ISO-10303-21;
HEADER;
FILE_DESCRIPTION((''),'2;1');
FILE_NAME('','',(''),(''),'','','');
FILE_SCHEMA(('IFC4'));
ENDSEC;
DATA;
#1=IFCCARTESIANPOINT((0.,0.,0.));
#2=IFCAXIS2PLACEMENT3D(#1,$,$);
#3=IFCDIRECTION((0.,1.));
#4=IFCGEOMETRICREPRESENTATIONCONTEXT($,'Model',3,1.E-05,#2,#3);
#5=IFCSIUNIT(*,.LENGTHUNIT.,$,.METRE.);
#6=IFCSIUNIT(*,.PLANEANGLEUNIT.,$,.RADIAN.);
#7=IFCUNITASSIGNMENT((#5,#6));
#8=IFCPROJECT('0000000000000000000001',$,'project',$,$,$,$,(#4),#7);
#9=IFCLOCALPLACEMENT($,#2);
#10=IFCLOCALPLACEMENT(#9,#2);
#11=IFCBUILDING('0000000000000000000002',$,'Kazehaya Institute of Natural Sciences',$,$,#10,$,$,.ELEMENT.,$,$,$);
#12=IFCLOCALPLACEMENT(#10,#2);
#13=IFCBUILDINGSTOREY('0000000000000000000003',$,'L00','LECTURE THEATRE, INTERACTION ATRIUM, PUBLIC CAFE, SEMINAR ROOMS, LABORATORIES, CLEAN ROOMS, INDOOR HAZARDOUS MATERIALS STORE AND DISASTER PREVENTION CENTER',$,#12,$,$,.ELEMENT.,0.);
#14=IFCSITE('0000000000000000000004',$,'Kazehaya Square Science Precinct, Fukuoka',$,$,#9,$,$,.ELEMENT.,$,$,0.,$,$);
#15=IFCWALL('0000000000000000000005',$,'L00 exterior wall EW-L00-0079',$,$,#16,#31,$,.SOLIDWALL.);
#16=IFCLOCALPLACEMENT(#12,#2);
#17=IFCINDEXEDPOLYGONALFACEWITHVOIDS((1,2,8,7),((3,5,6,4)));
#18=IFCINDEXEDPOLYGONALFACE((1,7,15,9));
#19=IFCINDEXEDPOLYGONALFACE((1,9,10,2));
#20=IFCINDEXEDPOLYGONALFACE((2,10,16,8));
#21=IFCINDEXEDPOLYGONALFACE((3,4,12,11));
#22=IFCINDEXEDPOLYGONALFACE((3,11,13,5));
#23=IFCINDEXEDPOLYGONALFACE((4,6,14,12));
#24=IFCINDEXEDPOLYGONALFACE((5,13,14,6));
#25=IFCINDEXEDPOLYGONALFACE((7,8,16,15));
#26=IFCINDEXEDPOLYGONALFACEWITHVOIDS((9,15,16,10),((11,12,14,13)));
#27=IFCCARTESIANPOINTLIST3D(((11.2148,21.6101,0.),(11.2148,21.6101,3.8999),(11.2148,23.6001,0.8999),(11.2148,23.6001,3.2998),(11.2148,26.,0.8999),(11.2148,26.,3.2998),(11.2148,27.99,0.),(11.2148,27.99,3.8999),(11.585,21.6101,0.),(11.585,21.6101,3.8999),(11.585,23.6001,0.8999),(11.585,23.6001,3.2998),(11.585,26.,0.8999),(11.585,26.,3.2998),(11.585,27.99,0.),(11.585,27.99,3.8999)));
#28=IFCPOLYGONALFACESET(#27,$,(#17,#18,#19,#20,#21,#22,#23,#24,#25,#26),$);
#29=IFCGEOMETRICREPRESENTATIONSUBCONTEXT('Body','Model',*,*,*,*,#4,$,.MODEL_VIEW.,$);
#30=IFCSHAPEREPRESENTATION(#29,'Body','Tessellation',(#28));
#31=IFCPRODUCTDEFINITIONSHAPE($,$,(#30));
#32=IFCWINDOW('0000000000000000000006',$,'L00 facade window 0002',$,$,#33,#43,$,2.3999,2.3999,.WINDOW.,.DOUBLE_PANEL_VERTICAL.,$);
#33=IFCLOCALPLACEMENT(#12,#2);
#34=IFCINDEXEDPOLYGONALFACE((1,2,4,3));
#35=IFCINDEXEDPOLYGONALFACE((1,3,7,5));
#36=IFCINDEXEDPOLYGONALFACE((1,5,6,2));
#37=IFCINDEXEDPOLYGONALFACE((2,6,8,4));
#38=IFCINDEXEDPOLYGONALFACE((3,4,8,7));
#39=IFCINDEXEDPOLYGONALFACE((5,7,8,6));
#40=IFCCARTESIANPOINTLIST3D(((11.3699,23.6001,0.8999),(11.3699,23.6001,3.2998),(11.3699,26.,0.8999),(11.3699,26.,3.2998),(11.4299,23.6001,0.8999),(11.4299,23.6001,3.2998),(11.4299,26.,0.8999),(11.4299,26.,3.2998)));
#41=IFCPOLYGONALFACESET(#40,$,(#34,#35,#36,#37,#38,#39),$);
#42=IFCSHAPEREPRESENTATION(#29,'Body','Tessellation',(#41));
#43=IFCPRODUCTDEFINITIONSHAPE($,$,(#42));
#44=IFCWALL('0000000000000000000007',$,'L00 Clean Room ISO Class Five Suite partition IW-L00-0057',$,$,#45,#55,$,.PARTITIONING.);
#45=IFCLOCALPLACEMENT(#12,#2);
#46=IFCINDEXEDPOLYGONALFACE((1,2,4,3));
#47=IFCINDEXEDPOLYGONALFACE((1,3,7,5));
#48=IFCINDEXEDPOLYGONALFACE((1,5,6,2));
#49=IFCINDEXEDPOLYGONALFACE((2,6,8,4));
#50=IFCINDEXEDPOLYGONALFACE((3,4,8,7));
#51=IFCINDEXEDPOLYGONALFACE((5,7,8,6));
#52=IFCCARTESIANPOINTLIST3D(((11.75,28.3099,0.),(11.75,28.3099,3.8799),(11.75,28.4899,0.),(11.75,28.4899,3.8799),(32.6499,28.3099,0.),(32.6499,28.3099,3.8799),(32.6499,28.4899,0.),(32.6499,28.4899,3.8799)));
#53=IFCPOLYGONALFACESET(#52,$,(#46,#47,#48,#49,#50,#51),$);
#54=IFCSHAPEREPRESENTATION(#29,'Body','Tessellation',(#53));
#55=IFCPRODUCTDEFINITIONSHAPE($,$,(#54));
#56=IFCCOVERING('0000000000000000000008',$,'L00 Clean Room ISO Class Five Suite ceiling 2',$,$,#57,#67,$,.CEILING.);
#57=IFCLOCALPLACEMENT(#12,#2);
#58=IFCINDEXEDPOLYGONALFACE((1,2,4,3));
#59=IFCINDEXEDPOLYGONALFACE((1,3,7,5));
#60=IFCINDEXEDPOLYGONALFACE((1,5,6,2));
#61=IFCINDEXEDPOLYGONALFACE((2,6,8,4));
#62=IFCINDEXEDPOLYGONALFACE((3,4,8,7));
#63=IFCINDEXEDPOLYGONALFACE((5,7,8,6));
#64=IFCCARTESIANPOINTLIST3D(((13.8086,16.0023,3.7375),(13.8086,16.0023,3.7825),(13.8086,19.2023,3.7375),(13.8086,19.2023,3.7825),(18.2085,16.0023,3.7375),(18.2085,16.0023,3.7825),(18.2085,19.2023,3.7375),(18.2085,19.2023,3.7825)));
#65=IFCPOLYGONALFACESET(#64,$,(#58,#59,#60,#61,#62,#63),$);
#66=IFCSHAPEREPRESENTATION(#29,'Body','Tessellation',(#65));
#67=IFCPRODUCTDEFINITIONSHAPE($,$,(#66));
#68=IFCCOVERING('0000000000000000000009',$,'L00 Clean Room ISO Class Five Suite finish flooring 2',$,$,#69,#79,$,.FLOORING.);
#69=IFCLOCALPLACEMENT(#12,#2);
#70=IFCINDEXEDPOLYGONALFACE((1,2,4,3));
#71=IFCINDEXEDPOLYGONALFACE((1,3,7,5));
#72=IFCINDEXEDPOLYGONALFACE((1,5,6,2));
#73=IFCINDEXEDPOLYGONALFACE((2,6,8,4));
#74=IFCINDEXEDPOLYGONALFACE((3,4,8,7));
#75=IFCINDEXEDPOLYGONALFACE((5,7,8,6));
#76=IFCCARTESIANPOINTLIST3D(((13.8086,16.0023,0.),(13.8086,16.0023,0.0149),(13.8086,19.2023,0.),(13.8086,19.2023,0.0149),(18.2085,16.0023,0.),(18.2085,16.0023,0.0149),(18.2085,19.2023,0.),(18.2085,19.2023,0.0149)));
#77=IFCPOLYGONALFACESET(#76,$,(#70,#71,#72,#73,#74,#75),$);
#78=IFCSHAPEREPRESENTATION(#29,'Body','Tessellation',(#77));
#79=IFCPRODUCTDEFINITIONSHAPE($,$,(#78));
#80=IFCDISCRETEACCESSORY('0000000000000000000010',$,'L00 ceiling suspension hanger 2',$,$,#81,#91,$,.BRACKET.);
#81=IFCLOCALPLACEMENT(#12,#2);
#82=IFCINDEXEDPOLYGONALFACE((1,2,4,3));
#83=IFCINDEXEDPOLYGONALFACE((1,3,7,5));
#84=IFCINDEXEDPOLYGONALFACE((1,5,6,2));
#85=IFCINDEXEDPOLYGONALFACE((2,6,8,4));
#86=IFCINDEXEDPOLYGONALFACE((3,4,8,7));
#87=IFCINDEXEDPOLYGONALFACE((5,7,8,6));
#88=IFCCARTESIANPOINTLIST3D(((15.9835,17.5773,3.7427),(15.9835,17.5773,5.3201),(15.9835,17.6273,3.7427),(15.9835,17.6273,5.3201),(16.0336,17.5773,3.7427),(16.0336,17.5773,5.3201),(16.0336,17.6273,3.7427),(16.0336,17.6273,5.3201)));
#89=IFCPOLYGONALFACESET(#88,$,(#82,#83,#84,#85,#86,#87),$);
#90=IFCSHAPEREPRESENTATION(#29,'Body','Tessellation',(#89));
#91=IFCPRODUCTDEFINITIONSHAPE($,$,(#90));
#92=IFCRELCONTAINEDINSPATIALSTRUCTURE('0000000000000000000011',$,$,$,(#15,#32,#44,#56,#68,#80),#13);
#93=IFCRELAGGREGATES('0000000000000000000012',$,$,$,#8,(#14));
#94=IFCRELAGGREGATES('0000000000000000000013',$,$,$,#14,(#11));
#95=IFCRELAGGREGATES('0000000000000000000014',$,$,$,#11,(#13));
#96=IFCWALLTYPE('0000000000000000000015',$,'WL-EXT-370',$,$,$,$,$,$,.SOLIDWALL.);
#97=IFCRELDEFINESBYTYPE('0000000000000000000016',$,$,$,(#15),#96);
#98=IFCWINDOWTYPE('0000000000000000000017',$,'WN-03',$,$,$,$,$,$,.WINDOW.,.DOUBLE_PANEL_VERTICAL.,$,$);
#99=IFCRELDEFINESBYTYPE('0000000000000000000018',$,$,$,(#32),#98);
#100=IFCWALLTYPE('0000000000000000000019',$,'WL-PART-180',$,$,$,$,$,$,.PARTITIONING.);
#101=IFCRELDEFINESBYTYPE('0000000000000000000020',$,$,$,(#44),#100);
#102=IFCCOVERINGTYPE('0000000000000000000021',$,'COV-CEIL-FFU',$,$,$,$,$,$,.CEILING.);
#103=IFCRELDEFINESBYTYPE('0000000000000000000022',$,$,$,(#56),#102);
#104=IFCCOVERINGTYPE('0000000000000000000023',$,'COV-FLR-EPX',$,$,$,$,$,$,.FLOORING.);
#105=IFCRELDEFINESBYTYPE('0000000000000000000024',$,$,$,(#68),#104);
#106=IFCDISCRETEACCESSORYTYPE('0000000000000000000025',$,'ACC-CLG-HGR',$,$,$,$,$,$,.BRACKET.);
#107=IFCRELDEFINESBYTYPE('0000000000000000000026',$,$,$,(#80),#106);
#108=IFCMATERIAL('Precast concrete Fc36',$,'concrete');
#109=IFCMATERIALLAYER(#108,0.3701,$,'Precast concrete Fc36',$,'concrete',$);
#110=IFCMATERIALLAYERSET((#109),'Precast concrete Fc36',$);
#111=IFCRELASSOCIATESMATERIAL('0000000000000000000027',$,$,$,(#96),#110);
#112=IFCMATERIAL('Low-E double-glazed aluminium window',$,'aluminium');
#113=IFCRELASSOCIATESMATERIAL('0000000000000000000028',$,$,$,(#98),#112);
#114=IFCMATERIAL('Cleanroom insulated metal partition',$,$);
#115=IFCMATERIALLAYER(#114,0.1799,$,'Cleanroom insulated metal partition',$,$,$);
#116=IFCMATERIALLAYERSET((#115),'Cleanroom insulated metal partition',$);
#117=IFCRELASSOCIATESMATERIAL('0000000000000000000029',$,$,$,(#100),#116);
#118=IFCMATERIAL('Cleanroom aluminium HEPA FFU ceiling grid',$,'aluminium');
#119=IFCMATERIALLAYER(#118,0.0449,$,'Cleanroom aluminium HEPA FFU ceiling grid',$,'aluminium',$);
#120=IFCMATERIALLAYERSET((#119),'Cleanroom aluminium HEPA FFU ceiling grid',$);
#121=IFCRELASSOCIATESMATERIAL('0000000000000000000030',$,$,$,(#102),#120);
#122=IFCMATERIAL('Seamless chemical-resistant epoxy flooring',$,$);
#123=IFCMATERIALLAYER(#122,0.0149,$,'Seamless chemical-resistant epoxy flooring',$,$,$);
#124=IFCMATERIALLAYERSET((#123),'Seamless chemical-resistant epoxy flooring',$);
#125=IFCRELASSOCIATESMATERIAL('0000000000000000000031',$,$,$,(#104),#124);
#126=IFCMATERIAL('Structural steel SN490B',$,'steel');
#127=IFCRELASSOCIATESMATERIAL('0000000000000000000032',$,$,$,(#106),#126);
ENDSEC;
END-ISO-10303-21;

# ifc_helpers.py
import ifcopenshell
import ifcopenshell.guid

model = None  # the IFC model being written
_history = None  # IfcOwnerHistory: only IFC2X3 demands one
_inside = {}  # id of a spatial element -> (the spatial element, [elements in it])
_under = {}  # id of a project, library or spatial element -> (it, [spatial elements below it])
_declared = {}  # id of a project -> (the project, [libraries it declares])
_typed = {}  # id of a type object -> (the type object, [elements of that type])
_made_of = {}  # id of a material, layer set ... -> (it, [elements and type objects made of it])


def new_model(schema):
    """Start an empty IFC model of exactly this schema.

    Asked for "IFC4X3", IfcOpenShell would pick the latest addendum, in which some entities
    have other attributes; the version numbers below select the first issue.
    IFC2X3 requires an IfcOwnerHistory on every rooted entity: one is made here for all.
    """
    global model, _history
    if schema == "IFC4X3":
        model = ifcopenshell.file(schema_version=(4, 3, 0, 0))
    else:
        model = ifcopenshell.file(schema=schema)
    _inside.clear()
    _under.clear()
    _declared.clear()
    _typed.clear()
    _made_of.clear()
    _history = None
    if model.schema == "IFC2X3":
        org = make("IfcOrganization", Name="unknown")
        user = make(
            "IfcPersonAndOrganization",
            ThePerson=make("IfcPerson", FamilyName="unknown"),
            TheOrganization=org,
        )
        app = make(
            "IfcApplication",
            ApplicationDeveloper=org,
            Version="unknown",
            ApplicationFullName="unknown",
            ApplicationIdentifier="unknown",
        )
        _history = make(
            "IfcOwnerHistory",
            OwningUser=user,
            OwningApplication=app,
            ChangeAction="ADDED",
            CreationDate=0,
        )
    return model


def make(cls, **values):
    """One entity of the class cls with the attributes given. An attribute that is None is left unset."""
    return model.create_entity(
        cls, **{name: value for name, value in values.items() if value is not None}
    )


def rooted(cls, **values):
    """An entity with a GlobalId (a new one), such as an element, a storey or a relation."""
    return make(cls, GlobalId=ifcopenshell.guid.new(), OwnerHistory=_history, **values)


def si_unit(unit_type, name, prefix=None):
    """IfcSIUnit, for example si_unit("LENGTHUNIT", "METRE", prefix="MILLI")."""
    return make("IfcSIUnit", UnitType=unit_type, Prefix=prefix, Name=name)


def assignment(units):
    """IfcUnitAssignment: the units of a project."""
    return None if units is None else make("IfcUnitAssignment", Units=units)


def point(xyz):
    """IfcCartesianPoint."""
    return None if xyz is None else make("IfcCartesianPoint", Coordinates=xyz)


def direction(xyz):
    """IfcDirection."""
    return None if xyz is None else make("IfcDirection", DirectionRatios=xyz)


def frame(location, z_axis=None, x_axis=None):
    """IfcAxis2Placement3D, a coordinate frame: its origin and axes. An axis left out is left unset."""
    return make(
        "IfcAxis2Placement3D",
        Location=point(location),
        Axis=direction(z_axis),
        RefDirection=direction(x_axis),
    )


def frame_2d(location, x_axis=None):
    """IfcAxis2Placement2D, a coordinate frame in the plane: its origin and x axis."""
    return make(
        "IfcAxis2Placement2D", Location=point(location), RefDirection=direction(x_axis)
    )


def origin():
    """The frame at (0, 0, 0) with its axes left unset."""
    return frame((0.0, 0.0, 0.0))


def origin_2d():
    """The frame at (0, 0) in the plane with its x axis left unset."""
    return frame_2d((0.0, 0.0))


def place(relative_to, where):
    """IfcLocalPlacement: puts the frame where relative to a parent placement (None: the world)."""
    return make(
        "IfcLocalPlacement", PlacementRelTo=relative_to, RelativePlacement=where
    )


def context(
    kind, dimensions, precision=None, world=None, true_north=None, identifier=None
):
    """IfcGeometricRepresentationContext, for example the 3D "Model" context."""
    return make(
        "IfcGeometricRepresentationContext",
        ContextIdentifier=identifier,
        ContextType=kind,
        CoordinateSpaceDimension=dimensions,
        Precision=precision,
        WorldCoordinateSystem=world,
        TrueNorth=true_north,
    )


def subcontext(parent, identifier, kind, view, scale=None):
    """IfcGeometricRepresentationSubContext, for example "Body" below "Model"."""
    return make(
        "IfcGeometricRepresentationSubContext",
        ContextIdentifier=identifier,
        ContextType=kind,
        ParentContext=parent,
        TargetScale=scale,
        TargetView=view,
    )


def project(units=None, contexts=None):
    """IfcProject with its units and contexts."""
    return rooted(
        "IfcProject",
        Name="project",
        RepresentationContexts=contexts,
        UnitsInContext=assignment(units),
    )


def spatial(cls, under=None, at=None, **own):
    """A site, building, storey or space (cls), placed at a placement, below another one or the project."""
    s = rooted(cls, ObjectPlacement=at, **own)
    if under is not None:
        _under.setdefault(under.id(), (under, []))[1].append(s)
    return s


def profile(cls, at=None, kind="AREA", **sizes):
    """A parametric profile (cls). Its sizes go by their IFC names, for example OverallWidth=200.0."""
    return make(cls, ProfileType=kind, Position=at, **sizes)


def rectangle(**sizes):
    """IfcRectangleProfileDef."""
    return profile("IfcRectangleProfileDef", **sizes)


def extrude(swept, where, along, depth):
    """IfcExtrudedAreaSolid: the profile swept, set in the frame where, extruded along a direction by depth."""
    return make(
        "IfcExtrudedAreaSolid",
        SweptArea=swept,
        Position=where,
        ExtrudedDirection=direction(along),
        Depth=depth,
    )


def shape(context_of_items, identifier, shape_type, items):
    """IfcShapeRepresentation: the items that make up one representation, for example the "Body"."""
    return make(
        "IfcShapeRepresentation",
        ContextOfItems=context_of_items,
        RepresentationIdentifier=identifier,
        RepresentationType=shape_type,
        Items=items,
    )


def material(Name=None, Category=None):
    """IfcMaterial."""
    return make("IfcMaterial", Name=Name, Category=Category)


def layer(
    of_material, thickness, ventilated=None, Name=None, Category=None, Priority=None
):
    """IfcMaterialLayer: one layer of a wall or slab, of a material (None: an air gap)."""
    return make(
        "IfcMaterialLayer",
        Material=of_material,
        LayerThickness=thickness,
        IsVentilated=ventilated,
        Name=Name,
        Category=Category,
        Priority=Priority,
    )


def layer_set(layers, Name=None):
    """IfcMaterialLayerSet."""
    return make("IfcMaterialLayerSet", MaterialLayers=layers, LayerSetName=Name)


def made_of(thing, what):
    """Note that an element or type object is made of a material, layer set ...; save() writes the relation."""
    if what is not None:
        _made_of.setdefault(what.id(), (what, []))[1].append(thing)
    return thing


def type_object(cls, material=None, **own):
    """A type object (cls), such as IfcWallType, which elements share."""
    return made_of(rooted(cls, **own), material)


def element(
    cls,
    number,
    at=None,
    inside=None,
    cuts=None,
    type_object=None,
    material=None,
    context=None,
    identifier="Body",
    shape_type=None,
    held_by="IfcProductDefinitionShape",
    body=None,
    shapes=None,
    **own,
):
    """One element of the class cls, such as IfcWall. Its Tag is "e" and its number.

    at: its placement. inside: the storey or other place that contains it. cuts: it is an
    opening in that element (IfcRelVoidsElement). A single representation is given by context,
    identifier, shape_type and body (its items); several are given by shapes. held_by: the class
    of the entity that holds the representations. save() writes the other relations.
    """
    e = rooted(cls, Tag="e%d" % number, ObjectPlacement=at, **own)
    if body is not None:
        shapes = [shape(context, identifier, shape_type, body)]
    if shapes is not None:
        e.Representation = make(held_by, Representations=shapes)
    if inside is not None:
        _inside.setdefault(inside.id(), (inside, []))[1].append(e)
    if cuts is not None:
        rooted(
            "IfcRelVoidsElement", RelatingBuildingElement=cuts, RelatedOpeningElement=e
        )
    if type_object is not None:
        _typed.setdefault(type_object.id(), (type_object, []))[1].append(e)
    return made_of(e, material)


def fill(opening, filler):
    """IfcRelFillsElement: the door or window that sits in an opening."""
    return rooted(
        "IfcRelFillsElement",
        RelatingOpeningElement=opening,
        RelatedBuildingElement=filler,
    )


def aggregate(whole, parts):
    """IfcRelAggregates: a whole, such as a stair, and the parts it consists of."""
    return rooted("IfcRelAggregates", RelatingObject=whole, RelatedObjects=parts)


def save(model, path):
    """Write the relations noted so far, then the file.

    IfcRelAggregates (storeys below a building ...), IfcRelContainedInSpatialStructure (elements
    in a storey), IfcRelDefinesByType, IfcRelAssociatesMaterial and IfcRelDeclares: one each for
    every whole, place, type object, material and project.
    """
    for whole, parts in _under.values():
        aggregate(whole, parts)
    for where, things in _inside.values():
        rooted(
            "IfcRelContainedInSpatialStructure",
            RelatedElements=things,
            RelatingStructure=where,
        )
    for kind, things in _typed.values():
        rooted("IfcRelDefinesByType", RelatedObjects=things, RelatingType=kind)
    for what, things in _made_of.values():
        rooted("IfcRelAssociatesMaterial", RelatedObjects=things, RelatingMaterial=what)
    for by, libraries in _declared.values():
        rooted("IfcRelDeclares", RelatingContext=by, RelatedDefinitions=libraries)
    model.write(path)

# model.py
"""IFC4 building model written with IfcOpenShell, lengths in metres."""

from ifc_helpers import new_model, si_unit, direction, frame, frame_2d, origin, origin_2d, place, context, subcontext, project, spatial, rectangle, extrude, material, layer, layer_set, type_object, element, fill, save


model = new_model("IFC4")

# Units and contexts
model_context = context("Model", 3, precision=1e-05, world=origin(), true_north=direction((0.0, 1.0)))
body_context = subcontext(model_context, "Body", "Model", "MODEL_VIEW")
ifc_project = project(units=[si_unit("LENGTHUNIT", "METRE"), si_unit("PLANEANGLEUNIT", "RADIAN")], contexts=[model_context])

# Site, building, storey
site_placement = place(None, origin())
site = spatial("IfcSite", under=ifc_project, at=site_placement, Name="Kazehaya Square Science Precinct, Fukuoka", CompositionType="ELEMENT", RefElevation=0.0)
building_placement = place(site_placement, origin())
building = spatial("IfcBuilding", under=site, at=building_placement, Name="Kazehaya Institute of Natural Sciences", CompositionType="ELEMENT")
storey_placement = place(building_placement, origin())
storey = spatial("IfcBuildingStorey", under=building, at=storey_placement, Name="L00", Description="LECTURE THEATRE, INTERACTION ATRIUM, PUBLIC CAFE, SEMINAR ROOMS, LABORATORIES, CLEAN ROOMS, INDOOR HAZARDOUS MATERIALS STORE AND DISASTER PREVENTION CENTER", CompositionType="ELEMENT", Elevation=0.0)

# Shared definitions
ifc_material_1 = material(Name="Precast concrete Fc36", Category="concrete")
ifc_layer_1 = layer(ifc_material_1, 0.3701, Name="Precast concrete Fc36", Category="concrete")
ifc_layer_set_1 = layer_set([ifc_layer_1], Name="Precast concrete Fc36")
wall_type_1 = type_object("IfcWallType", Name="WL-EXT-370", PredefinedType="SOLIDWALL", material=ifc_layer_set_1)
ifc_material_2 = material(Name="Low-E double-glazed aluminium window", Category="aluminium")

# Wall, opening, window
wall_1_placement = place(storey_placement, frame((11.3999, 21.6101, 0.0), z_axis=(0.0, 0.0, 1.0), x_axis=(0.0, 1.0, 0.0)))
wall_1 = element("IfcWall", 1, at=wall_1_placement, inside=storey, type_object=wall_type_1, Name="L00 exterior wall EW-L00-0079", PredefinedType="SOLIDWALL", context=body_context, shape_type="SweptSolid", body=[
    extrude(rectangle(XDim=6.3799, YDim=0.3701, at=frame_2d((3.1899, 0.0))), origin(), (0.0, 0.0, 1.0), 3.8999),
])
opening_1_placement = place(wall_1_placement, frame((1.99, 0.0, 0.8999)))
opening_1 = element("IfcOpeningElement", 2, at=opening_1_placement, cuts=wall_1, PredefinedType="OPENING", context=body_context, shape_type="SweptSolid", body=[
    extrude(rectangle(XDim=2.3999, YDim=2.3999, at=frame_2d((1.2, 1.2))), frame((0.0, 0.1951, 0.0), z_axis=(0.0, -1.0, 0.0), x_axis=(1.0, 0.0, 0.0)), (0.0, 0.0, 1.0), 0.3901),
])
window_type_1 = type_object("IfcWindowType", Name="WN-03", PartitioningType="DOUBLE_PANEL_VERTICAL", PredefinedType="WINDOW", material=ifc_material_2)
window_1_placement = place(opening_1_placement, origin())
window_1 = element("IfcWindow", 3, at=window_1_placement, inside=storey, type_object=window_type_1, Name="L00 facade window 0002", OverallHeight=2.3999, OverallWidth=2.3999, PartitioningType="DOUBLE_PANEL_VERTICAL", PredefinedType="WINDOW", context=body_context, shape_type="SweptSolid", body=[
    extrude(rectangle(XDim=2.3999, YDim=2.3999, at=frame_2d((1.2, 1.2))), frame((0.0, 0.03, 0.0), z_axis=(0.0, -1.0, 0.0), x_axis=(1.0, 0.0, 0.0)), (0.0, 0.0, 1.0), 0.0601),
])
fill(opening_1, window_1)

# Wall
ifc_material_3 = material(Name="Cleanroom insulated metal partition")
ifc_layer_2 = layer(ifc_material_3, 0.1799, Name="Cleanroom insulated metal partition")
ifc_layer_set_2 = layer_set([ifc_layer_2], Name="Cleanroom insulated metal partition")
wall_type_2 = type_object("IfcWallType", Name="WL-PART-180", PredefinedType="PARTITIONING", material=ifc_layer_set_2)
wall_2_placement = place(storey_placement, frame((11.75, 28.3999, 0.0), z_axis=(0.0, 0.0, 1.0), x_axis=(1.0, 0.0, 0.0)))
element("IfcWall", 4, at=wall_2_placement, inside=storey, type_object=wall_type_2, Name="L00 Clean Room ISO Class Five Suite partition IW-L00-0057", PredefinedType="PARTITIONING", context=body_context, shape_type="SweptSolid", body=[
    extrude(rectangle(XDim=20.8999, YDim=0.1799, at=frame_2d((10.45, 0.0))), origin(), (0.0, 0.0, 1.0), 3.8799),
])

# Coverings
ifc_material_4 = material(Name="Cleanroom aluminium HEPA FFU ceiling grid", Category="aluminium")
ifc_layer_3 = layer(ifc_material_4, 0.0449, Name="Cleanroom aluminium HEPA FFU ceiling grid", Category="aluminium")
ifc_layer_set_3 = layer_set([ifc_layer_3], Name="Cleanroom aluminium HEPA FFU ceiling grid")
covering_type_1 = type_object("IfcCoveringType", Name="COV-CEIL-FFU", PredefinedType="CEILING", material=ifc_layer_set_3)
covering_1_placement = place(storey_placement, frame((16.0085, 17.6023, 3.7375), z_axis=(0.0, 0.0, 1.0), x_axis=(1.0, 0.0, 0.0)))
element("IfcCovering", 5, at=covering_1_placement, inside=storey, type_object=covering_type_1, Name="L00 Clean Room ISO Class Five Suite ceiling 2", PredefinedType="CEILING", context=body_context, shape_type="SweptSolid", body=[
    extrude(rectangle(XDim=4.3999, YDim=3.2, at=origin_2d()), origin(), (0.0, 0.0, 1.0), 0.0449),
])
ifc_material_5 = material(Name="Seamless chemical-resistant epoxy flooring")
ifc_layer_4 = layer(ifc_material_5, 0.0149, Name="Seamless chemical-resistant epoxy flooring")
ifc_layer_set_4 = layer_set([ifc_layer_4], Name="Seamless chemical-resistant epoxy flooring")
covering_type_2 = type_object("IfcCoveringType", Name="COV-FLR-EPX", PredefinedType="FLOORING", material=ifc_layer_set_4)
covering_2_placement = place(storey_placement, frame((16.0085, 17.6023, 0.0), z_axis=(0.0, 0.0, 1.0), x_axis=(1.0, 0.0, 0.0)))
element("IfcCovering", 6, at=covering_2_placement, inside=storey, type_object=covering_type_2, Name="L00 Clean Room ISO Class Five Suite finish flooring 2", PredefinedType="FLOORING", context=body_context, shape_type="SweptSolid", body=[
    extrude(rectangle(XDim=4.3999, YDim=3.2, at=origin_2d()), origin(), (0.0, 0.0, 1.0), 0.0149),
])

# Discrete accessory
ifc_material_6 = material(Name="Structural steel SN490B", Category="steel")
discrete_accessory_type = type_object("IfcDiscreteAccessoryType", Name="ACC-CLG-HGR", PredefinedType="BRACKET", material=ifc_material_6)
discrete_accessory_placement = place(storey_placement, frame((16.0085, 17.6023, 3.7427), z_axis=(0.0, 0.0, 1.0), x_axis=(1.0, 0.0, 0.0)))
element("IfcDiscreteAccessory", 7, at=discrete_accessory_placement, inside=storey, type_object=discrete_accessory_type, Name="L00 ceiling suspension hanger 2", PredefinedType="BRACKET", context=body_context, shape_type="SweptSolid", body=[
    extrude(rectangle(XDim=0.05, YDim=0.05, at=origin_2d()), origin(), (0.0, 0.0, 1.0), 1.5774),
])

save(model, "model.ifc")
